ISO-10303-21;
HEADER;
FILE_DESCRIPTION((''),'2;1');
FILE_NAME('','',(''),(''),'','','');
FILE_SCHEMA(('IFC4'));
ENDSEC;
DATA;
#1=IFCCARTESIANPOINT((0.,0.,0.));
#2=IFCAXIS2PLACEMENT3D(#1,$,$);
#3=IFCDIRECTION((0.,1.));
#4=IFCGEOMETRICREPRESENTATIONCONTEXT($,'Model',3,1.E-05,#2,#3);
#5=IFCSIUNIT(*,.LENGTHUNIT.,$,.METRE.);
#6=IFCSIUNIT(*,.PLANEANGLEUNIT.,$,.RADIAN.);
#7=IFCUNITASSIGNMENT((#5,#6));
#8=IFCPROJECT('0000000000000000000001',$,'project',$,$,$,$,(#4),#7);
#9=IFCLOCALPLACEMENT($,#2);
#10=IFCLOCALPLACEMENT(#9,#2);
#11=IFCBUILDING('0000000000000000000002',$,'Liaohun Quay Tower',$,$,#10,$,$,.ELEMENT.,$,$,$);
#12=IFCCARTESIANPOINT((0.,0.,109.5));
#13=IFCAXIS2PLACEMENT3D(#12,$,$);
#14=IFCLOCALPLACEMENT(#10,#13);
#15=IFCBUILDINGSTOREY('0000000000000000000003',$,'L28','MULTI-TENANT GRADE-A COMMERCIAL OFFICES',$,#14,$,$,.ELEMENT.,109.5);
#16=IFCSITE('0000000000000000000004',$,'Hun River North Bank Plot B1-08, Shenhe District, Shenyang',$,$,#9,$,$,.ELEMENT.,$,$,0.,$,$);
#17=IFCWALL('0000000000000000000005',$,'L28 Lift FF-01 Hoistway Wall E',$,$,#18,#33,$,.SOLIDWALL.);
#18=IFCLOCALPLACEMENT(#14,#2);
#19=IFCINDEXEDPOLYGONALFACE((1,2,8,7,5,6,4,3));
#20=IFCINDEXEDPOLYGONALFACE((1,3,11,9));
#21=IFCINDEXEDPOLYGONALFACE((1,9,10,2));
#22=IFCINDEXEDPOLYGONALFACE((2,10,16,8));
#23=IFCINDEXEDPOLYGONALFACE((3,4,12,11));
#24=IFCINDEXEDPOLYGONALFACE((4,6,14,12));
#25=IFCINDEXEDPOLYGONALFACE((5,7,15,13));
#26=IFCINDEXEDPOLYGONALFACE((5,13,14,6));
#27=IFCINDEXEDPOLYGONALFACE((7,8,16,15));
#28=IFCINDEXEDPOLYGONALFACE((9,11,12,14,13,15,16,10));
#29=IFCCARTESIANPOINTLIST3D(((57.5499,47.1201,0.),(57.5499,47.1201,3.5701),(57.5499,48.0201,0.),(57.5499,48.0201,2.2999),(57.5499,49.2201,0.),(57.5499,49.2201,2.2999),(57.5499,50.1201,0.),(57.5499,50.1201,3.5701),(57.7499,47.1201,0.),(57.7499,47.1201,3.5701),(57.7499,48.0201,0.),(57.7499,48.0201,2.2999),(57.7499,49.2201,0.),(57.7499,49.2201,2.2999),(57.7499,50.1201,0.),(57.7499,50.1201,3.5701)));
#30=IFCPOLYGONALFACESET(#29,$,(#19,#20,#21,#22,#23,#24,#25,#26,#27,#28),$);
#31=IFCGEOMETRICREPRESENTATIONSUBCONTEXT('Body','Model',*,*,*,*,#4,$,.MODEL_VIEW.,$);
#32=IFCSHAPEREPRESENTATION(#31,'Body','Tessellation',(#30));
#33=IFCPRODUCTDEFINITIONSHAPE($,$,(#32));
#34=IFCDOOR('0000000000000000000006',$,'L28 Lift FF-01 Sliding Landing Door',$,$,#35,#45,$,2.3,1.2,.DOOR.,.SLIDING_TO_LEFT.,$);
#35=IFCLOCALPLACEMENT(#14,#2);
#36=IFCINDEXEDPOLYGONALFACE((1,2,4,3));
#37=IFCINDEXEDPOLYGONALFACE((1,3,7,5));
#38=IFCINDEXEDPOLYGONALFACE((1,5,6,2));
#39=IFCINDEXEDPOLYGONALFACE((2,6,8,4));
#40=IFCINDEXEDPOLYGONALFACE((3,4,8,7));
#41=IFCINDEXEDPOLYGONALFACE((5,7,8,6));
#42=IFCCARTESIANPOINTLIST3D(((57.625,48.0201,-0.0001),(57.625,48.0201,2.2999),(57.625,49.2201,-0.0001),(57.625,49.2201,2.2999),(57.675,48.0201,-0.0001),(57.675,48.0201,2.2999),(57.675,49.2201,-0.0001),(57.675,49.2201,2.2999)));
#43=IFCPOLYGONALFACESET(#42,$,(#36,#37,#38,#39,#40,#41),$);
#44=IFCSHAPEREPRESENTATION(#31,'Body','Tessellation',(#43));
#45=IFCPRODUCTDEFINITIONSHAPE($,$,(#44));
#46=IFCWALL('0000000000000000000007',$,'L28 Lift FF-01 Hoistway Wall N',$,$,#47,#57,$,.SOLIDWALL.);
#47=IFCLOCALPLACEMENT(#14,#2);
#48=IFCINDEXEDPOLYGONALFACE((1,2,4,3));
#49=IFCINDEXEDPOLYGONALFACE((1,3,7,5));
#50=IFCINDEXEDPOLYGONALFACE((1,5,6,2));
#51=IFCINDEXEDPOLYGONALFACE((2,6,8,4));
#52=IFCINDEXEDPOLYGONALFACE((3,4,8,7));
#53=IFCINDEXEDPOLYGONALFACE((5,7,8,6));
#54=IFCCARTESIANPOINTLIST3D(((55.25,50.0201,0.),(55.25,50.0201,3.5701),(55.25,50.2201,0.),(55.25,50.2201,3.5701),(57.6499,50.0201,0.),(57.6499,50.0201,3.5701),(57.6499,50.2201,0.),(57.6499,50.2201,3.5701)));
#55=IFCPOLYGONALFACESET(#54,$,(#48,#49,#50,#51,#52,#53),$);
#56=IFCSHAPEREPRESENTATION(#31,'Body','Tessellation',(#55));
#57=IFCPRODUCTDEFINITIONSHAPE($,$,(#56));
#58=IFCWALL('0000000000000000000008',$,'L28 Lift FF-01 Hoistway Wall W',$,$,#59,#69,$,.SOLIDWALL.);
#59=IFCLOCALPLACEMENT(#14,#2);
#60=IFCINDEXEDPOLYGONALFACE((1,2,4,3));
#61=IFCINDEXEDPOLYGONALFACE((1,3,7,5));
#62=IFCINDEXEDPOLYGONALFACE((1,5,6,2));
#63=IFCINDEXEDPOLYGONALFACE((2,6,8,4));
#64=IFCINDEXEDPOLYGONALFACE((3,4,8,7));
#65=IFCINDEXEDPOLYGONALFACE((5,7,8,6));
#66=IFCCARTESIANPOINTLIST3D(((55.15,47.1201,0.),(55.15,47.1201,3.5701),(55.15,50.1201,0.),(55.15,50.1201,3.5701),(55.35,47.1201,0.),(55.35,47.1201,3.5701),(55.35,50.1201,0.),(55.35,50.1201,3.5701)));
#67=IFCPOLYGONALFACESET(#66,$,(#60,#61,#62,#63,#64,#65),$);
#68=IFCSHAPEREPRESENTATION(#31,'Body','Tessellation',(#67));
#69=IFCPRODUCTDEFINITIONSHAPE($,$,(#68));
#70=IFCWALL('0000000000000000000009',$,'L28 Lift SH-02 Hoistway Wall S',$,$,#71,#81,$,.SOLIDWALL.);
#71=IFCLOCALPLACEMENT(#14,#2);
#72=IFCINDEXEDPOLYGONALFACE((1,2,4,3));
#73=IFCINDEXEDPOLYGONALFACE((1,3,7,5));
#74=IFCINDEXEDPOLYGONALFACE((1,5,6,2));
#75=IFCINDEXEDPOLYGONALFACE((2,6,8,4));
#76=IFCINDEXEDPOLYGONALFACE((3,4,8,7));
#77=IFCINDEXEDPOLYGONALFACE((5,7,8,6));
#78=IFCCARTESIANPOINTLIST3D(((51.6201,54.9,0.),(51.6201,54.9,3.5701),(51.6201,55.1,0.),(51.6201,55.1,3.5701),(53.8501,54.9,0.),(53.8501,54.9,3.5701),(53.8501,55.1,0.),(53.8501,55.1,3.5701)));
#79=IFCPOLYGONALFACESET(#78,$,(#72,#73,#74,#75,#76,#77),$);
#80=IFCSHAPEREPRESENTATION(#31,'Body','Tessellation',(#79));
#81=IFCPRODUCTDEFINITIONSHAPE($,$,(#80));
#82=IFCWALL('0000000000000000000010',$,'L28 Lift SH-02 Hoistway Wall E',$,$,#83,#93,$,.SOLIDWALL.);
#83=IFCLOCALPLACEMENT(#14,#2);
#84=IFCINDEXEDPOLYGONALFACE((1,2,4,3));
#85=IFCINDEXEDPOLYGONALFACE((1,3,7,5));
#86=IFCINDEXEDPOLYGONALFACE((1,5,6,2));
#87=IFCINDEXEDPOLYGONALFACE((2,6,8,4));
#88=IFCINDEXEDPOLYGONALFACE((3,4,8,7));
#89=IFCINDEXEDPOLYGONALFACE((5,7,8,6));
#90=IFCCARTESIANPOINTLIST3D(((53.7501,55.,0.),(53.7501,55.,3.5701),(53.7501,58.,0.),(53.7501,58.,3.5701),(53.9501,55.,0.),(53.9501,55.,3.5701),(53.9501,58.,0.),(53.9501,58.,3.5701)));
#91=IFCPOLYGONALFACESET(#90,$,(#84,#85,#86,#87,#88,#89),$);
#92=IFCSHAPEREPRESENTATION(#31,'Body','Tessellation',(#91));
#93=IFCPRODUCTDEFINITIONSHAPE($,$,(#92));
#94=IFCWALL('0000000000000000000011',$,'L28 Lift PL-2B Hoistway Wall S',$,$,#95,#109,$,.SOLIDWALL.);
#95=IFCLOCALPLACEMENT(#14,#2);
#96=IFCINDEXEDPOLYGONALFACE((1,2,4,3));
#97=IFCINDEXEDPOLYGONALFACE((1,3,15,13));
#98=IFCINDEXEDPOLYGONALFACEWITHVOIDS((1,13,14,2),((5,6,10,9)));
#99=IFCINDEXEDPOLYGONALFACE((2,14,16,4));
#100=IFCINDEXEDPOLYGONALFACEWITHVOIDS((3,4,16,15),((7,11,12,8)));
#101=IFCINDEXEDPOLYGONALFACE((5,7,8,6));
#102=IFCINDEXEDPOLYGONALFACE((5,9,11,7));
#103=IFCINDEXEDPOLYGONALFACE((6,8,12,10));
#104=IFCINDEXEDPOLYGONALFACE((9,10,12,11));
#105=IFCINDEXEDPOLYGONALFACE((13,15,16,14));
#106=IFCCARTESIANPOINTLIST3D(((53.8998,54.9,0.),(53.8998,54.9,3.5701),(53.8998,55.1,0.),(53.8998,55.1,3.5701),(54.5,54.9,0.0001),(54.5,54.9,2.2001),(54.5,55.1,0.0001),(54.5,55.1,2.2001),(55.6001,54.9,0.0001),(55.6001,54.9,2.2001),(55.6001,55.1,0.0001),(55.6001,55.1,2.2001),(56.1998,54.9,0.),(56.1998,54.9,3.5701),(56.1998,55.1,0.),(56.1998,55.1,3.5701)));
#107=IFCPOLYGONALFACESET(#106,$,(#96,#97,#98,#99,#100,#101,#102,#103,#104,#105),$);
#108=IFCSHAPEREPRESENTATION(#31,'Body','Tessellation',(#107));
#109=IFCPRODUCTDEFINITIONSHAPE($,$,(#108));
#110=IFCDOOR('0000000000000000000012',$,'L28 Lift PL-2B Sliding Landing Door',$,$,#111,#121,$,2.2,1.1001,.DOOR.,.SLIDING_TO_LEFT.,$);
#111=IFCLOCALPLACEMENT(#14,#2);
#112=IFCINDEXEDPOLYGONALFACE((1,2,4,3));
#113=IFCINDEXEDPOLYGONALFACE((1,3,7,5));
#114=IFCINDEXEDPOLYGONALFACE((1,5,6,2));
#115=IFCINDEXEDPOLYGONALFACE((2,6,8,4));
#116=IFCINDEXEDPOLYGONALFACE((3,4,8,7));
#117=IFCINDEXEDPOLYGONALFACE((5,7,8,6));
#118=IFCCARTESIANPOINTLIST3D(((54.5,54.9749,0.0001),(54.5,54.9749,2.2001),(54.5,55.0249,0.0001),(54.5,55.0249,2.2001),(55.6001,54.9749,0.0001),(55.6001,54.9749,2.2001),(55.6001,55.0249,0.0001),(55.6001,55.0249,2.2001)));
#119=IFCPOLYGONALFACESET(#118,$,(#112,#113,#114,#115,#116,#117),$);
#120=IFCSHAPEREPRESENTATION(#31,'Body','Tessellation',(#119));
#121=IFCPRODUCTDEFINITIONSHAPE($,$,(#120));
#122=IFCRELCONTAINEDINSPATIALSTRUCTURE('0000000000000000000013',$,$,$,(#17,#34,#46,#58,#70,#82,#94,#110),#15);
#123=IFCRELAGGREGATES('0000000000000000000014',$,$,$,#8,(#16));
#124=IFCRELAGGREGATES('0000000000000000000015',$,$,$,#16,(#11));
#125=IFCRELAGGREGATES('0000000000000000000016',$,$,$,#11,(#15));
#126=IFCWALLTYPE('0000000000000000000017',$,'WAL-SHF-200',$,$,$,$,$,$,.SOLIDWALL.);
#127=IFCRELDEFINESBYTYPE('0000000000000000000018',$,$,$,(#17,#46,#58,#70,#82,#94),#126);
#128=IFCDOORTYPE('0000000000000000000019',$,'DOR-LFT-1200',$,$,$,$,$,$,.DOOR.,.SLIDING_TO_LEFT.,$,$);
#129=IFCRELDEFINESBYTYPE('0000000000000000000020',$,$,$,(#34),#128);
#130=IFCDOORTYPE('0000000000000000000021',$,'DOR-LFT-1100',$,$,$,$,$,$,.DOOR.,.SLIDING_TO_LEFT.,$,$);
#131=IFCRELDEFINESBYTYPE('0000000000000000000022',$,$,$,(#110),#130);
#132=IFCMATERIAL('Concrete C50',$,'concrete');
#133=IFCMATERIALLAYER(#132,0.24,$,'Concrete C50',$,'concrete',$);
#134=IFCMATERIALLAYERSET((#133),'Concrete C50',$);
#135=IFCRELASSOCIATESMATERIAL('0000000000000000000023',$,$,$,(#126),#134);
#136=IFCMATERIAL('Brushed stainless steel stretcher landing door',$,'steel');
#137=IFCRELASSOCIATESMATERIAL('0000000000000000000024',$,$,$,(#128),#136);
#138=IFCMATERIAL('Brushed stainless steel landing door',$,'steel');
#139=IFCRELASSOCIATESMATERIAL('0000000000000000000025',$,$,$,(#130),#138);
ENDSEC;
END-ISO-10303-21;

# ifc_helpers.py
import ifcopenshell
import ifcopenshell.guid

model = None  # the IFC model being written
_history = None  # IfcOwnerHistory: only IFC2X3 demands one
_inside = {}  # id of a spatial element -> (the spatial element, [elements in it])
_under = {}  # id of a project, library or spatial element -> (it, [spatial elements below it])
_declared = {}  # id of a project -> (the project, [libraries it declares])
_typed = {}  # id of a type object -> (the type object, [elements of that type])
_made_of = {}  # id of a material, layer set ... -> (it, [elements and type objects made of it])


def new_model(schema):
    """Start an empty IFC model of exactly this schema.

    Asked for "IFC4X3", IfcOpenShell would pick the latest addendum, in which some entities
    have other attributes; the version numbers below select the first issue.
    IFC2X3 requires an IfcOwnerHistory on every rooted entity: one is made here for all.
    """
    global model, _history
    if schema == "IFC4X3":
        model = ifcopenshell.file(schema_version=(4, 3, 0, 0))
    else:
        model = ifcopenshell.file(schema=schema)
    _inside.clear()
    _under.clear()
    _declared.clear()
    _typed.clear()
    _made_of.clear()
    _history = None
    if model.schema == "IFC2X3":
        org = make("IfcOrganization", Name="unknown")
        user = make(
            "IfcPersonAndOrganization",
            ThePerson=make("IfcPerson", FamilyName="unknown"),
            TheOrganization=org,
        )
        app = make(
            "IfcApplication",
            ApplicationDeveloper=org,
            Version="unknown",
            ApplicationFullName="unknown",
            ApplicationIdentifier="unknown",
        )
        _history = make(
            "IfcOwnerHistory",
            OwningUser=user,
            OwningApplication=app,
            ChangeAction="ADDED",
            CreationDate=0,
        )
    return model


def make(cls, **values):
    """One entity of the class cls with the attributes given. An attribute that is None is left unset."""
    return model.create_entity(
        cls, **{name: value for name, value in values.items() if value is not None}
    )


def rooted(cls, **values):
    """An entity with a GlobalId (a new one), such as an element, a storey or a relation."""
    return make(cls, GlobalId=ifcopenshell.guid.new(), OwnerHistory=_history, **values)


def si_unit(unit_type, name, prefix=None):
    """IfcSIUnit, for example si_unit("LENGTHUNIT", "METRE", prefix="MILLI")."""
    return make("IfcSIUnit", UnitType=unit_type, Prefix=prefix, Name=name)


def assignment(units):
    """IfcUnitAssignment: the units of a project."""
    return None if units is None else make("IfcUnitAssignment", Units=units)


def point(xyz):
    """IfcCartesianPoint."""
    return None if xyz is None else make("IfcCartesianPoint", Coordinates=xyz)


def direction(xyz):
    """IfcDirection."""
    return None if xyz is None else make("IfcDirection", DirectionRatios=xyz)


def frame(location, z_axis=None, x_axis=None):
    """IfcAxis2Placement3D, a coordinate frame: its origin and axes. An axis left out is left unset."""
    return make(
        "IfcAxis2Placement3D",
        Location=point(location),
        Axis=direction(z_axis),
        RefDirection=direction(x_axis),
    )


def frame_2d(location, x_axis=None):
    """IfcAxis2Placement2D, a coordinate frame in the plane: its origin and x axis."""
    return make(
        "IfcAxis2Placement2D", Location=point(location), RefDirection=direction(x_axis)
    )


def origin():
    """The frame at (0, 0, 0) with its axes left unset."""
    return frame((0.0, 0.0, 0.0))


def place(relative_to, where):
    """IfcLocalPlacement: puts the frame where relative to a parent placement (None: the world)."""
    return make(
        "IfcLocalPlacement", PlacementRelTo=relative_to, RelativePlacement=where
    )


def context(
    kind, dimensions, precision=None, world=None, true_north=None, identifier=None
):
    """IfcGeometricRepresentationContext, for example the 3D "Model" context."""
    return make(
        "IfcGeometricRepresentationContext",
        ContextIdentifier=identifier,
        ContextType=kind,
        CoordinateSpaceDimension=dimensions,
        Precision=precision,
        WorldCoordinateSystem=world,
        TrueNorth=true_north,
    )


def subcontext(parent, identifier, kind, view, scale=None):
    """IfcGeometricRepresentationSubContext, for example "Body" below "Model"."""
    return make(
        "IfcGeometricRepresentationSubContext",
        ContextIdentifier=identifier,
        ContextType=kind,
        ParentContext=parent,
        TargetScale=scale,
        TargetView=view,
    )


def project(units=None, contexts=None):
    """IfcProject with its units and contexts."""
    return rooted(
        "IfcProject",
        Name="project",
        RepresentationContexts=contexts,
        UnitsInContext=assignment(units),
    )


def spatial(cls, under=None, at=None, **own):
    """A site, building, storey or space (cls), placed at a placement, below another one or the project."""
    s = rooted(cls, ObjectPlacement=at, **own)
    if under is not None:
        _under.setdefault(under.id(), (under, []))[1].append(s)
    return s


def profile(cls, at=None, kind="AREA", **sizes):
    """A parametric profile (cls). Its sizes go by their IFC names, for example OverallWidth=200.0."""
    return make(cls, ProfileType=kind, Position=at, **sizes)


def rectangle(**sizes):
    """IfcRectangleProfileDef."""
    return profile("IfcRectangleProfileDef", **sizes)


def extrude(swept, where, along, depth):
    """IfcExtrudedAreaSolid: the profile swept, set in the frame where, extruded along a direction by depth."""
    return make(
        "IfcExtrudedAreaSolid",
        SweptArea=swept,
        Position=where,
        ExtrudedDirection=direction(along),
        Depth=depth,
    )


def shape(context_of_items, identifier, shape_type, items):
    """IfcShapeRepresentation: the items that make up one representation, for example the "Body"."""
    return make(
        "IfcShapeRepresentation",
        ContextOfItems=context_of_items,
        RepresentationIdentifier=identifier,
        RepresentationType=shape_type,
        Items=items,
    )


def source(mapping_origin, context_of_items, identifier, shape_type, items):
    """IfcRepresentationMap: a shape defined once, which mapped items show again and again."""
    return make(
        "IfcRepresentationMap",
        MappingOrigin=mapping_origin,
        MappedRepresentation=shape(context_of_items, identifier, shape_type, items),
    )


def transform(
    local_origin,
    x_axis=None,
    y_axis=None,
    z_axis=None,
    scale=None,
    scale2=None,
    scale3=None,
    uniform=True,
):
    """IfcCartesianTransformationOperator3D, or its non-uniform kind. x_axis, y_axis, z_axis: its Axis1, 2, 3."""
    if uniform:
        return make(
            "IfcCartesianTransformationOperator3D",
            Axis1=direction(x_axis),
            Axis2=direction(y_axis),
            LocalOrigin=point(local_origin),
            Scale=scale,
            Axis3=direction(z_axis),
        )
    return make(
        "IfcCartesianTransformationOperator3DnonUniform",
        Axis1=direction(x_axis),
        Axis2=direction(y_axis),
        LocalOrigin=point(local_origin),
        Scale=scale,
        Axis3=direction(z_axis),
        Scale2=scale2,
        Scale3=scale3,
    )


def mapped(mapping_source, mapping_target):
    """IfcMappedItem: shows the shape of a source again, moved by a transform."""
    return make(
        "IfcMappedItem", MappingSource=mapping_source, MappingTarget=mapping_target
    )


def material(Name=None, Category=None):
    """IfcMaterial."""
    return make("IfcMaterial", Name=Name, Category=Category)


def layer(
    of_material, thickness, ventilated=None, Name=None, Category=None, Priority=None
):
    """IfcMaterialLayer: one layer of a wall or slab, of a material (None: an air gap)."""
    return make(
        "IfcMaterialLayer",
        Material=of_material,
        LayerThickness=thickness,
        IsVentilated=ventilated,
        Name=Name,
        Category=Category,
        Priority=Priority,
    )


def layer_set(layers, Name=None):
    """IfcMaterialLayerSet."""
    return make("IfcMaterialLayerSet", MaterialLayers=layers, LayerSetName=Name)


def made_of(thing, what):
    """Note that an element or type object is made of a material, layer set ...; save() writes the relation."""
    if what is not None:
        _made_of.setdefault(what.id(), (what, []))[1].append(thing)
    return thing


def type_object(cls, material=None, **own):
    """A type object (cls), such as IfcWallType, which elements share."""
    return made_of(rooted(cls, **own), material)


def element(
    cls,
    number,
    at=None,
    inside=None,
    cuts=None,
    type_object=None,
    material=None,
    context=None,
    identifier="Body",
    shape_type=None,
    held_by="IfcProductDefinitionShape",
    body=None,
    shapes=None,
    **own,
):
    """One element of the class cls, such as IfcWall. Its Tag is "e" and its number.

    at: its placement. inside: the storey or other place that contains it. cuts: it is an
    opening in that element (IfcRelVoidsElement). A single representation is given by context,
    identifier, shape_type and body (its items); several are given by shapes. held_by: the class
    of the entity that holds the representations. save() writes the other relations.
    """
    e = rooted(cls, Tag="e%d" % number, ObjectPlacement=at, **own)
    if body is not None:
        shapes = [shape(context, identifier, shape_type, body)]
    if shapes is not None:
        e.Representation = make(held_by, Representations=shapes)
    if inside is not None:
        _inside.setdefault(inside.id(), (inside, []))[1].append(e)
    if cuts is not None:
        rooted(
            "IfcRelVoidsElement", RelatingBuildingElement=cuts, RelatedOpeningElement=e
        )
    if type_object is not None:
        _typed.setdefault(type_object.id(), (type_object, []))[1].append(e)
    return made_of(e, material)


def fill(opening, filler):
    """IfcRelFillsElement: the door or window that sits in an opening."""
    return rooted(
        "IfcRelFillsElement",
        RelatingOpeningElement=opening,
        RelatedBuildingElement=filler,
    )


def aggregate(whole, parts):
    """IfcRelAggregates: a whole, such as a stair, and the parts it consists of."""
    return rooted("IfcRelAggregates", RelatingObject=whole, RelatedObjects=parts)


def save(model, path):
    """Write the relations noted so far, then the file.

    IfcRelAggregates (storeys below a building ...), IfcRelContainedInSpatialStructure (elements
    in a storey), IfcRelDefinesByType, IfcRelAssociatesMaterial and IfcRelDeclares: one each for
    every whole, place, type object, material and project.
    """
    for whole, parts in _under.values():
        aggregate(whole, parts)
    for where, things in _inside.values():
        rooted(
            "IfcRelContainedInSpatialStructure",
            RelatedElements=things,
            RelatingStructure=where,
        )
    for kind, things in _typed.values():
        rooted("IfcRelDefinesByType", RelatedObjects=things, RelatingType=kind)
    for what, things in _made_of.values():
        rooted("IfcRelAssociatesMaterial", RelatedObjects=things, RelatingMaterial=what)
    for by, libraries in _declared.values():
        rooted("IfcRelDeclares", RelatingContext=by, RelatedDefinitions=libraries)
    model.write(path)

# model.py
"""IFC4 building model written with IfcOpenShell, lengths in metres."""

from ifc_helpers import new_model, si_unit, direction, frame, frame_2d, origin, place, context, subcontext, project, spatial, rectangle, extrude, source, transform, mapped, material, layer, layer_set, type_object, element, fill, save


model = new_model("IFC4")

# Units and contexts
model_context = context("Model", 3, precision=1e-05, world=origin(), true_north=direction((0.0, 1.0)))
body_context = subcontext(model_context, "Body", "Model", "MODEL_VIEW")
ifc_project = project(units=[si_unit("LENGTHUNIT", "METRE"), si_unit("PLANEANGLEUNIT", "RADIAN")], contexts=[model_context])

# Site, building, storey
site_placement = place(None, origin())
site = spatial("IfcSite", under=ifc_project, at=site_placement, Name="Hun River North Bank Plot B1-08, Shenhe District, Shenyang", CompositionType="ELEMENT", RefElevation=0.0)
building_placement = place(site_placement, origin())
building = spatial("IfcBuilding", under=site, at=building_placement, Name="Liaohun Quay Tower", CompositionType="ELEMENT")
storey_placement = place(building_placement, frame((0.0, 0.0, 109.5)))
storey = spatial("IfcBuildingStorey", under=building, at=storey_placement, Name="L28", Description="MULTI-TENANT GRADE-A COMMERCIAL OFFICES", CompositionType="ELEMENT", Elevation=109.5)

# Shared definitions
ifc_material_1 = material(Name="Concrete C50", Category="concrete")
ifc_layer_1 = layer(ifc_material_1, 0.24, Name="Concrete C50", Category="concrete")
ifc_layer_set_1 = layer_set([ifc_layer_1], Name="Concrete C50")
wall_type_1 = type_object("IfcWallType", Name="WAL-SHF-200", PredefinedType="SOLIDWALL", material=ifc_layer_set_1)

# Wall, opening, door
wall_1_placement = place(storey_placement, frame((57.6499, 47.1201, 0.0), z_axis=(0.0, 0.0, 1.0), x_axis=(0.0, 1.0, 0.0)))
wall_1 = element("IfcWall", 1, at=wall_1_placement, inside=storey, type_object=wall_type_1, Name="L28 Lift FF-01 Hoistway Wall E", PredefinedType="SOLIDWALL", context=body_context, shape_type="SweptSolid", body=[
    extrude(rectangle(XDim=3.0, YDim=0.2, at=frame_2d((1.5, 0.0))), origin(), (0.0, 0.0, 1.0), 3.5701),
])
shared_shape_1 = source(origin(), body_context, "Body", "SweptSolid", [
    extrude(rectangle(XDim=1.2, YDim=2.3, at=frame_2d((0.6001, 1.1499))), frame((0.0, 0.1099, 0.0), z_axis=(0.0, -1.0, 0.0), x_axis=(1.0, 0.0, 0.0)), (0.0, 0.0, 1.0), 0.22),
])
opening_1_placement = place(wall_1_placement, frame((0.8999, 0.0, 0.0)))
opening_1 = element("IfcOpeningElement", 2, at=opening_1_placement, cuts=wall_1, PredefinedType="OPENING", context=body_context, shape_type="MappedRepresentation", body=[
    mapped(shared_shape_1, transform((0.0, 0.0, 0.0), x_axis=(1.0, 0.0, 0.0), y_axis=(0.0, 1.0, 0.0), z_axis=(0.0, 0.0, 1.0), scale=1.0)),
])
ifc_material_2 = material(Name="Brushed stainless steel stretcher landing door", Category="steel")
door_type_1 = type_object("IfcDoorType", Name="DOR-LFT-1200", OperationType="SLIDING_TO_LEFT", PredefinedType="DOOR", material=ifc_material_2)
shared_shape_2 = source(origin(), body_context, "Body", "SweptSolid", [
    extrude(rectangle(XDim=1.2, YDim=2.3, at=frame_2d((0.6001, 1.1499))), frame((0.0, 0.0249, 0.0), z_axis=(0.0, -1.0, 0.0), x_axis=(1.0, 0.0, 0.0)), (0.0, 0.0, 1.0), 0.05),
])
door_1_placement = place(opening_1_placement, origin())
door_1 = element("IfcDoor", 3, at=door_1_placement, inside=storey, type_object=door_type_1, Name="L28 Lift FF-01 Sliding Landing Door", OperationType="SLIDING_TO_LEFT", OverallHeight=2.3, OverallWidth=1.2, PredefinedType="DOOR", context=body_context, shape_type="MappedRepresentation", body=[
    mapped(shared_shape_2, transform((0.0, 0.0, 0.0), x_axis=(1.0, 0.0, 0.0), y_axis=(0.0, 1.0, 0.0), z_axis=(0.0, 0.0, 1.0), scale=1.0)),
])
fill(opening_1, door_1)

# Walls
wall_2_placement = place(storey_placement, frame((57.6499, 50.1201, 0.0), z_axis=(0.0, 0.0, 1.0), x_axis=(-1.0, 0.0, 0.0)))
element("IfcWall", 4, at=wall_2_placement, inside=storey, type_object=wall_type_1, Name="L28 Lift FF-01 Hoistway Wall N", PredefinedType="SOLIDWALL", context=body_context, shape_type="SweptSolid", body=[
    extrude(rectangle(XDim=2.3999, YDim=0.2, at=frame_2d((1.2, 0.0))), origin(), (0.0, 0.0, 1.0), 3.5701),
])
wall_3_placement = place(storey_placement, frame((55.25, 50.1201, 0.0), z_axis=(0.0, 0.0, 1.0), x_axis=(0.0, -1.0, 0.0)))
element("IfcWall", 5, at=wall_3_placement, inside=storey, type_object=wall_type_1, Name="L28 Lift FF-01 Hoistway Wall W", PredefinedType="SOLIDWALL", context=body_context, shape_type="SweptSolid", body=[
    extrude(rectangle(XDim=3.0, YDim=0.2, at=frame_2d((1.5, 0.0))), origin(), (0.0, 0.0, 1.0), 3.5701),
])
wall_4_placement = place(storey_placement, frame((51.6201, 55.0, 0.0), z_axis=(0.0, 0.0, 1.0), x_axis=(1.0, 0.0, 0.0)))
element("IfcWall", 6, at=wall_4_placement, inside=storey, type_object=wall_type_1, Name="L28 Lift SH-02 Hoistway Wall S", PredefinedType="SOLIDWALL", context=body_context, shape_type="SweptSolid", body=[
    extrude(rectangle(XDim=2.23, YDim=0.2, at=frame_2d((1.115, 0.0))), origin(), (0.0, 0.0, 1.0), 3.5701),
])
wall_5_placement = place(storey_placement, frame((53.8501, 55.0, 0.0), z_axis=(0.0, 0.0, 1.0), x_axis=(0.0, 1.0, 0.0)))
element("IfcWall", 7, at=wall_5_placement, inside=storey, type_object=wall_type_1, Name="L28 Lift SH-02 Hoistway Wall E", PredefinedType="SOLIDWALL", context=body_context, shape_type="SweptSolid", body=[
    extrude(rectangle(XDim=3.0, YDim=0.2, at=frame_2d((1.5, 0.0))), origin(), (0.0, 0.0, 1.0), 3.5701),
])

# Wall, opening, door
wall_6_placement = place(storey_placement, frame((53.8999, 55.0, 0.0), z_axis=(0.0, 0.0, 1.0), x_axis=(1.0, 0.0, 0.0)))
wall_6 = element("IfcWall", 8, at=wall_6_placement, inside=storey, type_object=wall_type_1, Name="L28 Lift PL-2B Hoistway Wall S", PredefinedType="SOLIDWALL", context=body_context, shape_type="SweptSolid", body=[
    extrude(rectangle(XDim=2.3, YDim=0.2, at=frame_2d((1.1499, 0.0))), origin(), (0.0, 0.0, 1.0), 3.5701),
])
shared_shape_3 = source(origin(), body_context, "Body", "SweptSolid", [
    extrude(rectangle(XDim=1.1001, YDim=2.2, at=frame_2d((0.55, 1.1001))), frame((0.0, 0.1099, 0.0), z_axis=(0.0, -1.0, 0.0), x_axis=(1.0, 0.0, 0.0)), (0.0, 0.0, 1.0), 0.22),
])
opening_2_placement = place(wall_6_placement, frame((0.6001, 0.0, 0.0)))
opening_2 = element("IfcOpeningElement", 9, at=opening_2_placement, cuts=wall_6, PredefinedType="OPENING", context=body_context, shape_type="MappedRepresentation", body=[
    mapped(shared_shape_3, transform((0.0, 0.0, 0.0), x_axis=(1.0, 0.0, 0.0), y_axis=(0.0, 1.0, 0.0), z_axis=(0.0, 0.0, 1.0), scale=1.0)),
])
ifc_material_3 = material(Name="Brushed stainless steel landing door", Category="steel")
door_type_2 = type_object("IfcDoorType", Name="DOR-LFT-1100", OperationType="SLIDING_TO_LEFT", PredefinedType="DOOR", material=ifc_material_3)
shared_shape_4 = source(origin(), body_context, "Body", "SweptSolid", [
    extrude(rectangle(XDim=1.1001, YDim=2.2, at=frame_2d((0.55, 1.1001))), frame((0.0, 0.0249, 0.0), z_axis=(0.0, -1.0, 0.0), x_axis=(1.0, 0.0, 0.0)), (0.0, 0.0, 1.0), 0.05),
])
door_2_placement = place(opening_2_placement, origin())
door_2 = element("IfcDoor", 10, at=door_2_placement, inside=storey, type_object=door_type_2, Name="L28 Lift PL-2B Sliding Landing Door", OperationType="SLIDING_TO_LEFT", OverallHeight=2.2, OverallWidth=1.1001, PredefinedType="DOOR", context=body_context, shape_type="MappedRepresentation", body=[
    mapped(shared_shape_4, transform((0.0, 0.0, 0.0), x_axis=(1.0, 0.0, 0.0), y_axis=(0.0, 1.0, 0.0), z_axis=(0.0, 0.0, 1.0), scale=1.0)),
])
fill(opening_2, door_2)

save(model, "model.ifc")
